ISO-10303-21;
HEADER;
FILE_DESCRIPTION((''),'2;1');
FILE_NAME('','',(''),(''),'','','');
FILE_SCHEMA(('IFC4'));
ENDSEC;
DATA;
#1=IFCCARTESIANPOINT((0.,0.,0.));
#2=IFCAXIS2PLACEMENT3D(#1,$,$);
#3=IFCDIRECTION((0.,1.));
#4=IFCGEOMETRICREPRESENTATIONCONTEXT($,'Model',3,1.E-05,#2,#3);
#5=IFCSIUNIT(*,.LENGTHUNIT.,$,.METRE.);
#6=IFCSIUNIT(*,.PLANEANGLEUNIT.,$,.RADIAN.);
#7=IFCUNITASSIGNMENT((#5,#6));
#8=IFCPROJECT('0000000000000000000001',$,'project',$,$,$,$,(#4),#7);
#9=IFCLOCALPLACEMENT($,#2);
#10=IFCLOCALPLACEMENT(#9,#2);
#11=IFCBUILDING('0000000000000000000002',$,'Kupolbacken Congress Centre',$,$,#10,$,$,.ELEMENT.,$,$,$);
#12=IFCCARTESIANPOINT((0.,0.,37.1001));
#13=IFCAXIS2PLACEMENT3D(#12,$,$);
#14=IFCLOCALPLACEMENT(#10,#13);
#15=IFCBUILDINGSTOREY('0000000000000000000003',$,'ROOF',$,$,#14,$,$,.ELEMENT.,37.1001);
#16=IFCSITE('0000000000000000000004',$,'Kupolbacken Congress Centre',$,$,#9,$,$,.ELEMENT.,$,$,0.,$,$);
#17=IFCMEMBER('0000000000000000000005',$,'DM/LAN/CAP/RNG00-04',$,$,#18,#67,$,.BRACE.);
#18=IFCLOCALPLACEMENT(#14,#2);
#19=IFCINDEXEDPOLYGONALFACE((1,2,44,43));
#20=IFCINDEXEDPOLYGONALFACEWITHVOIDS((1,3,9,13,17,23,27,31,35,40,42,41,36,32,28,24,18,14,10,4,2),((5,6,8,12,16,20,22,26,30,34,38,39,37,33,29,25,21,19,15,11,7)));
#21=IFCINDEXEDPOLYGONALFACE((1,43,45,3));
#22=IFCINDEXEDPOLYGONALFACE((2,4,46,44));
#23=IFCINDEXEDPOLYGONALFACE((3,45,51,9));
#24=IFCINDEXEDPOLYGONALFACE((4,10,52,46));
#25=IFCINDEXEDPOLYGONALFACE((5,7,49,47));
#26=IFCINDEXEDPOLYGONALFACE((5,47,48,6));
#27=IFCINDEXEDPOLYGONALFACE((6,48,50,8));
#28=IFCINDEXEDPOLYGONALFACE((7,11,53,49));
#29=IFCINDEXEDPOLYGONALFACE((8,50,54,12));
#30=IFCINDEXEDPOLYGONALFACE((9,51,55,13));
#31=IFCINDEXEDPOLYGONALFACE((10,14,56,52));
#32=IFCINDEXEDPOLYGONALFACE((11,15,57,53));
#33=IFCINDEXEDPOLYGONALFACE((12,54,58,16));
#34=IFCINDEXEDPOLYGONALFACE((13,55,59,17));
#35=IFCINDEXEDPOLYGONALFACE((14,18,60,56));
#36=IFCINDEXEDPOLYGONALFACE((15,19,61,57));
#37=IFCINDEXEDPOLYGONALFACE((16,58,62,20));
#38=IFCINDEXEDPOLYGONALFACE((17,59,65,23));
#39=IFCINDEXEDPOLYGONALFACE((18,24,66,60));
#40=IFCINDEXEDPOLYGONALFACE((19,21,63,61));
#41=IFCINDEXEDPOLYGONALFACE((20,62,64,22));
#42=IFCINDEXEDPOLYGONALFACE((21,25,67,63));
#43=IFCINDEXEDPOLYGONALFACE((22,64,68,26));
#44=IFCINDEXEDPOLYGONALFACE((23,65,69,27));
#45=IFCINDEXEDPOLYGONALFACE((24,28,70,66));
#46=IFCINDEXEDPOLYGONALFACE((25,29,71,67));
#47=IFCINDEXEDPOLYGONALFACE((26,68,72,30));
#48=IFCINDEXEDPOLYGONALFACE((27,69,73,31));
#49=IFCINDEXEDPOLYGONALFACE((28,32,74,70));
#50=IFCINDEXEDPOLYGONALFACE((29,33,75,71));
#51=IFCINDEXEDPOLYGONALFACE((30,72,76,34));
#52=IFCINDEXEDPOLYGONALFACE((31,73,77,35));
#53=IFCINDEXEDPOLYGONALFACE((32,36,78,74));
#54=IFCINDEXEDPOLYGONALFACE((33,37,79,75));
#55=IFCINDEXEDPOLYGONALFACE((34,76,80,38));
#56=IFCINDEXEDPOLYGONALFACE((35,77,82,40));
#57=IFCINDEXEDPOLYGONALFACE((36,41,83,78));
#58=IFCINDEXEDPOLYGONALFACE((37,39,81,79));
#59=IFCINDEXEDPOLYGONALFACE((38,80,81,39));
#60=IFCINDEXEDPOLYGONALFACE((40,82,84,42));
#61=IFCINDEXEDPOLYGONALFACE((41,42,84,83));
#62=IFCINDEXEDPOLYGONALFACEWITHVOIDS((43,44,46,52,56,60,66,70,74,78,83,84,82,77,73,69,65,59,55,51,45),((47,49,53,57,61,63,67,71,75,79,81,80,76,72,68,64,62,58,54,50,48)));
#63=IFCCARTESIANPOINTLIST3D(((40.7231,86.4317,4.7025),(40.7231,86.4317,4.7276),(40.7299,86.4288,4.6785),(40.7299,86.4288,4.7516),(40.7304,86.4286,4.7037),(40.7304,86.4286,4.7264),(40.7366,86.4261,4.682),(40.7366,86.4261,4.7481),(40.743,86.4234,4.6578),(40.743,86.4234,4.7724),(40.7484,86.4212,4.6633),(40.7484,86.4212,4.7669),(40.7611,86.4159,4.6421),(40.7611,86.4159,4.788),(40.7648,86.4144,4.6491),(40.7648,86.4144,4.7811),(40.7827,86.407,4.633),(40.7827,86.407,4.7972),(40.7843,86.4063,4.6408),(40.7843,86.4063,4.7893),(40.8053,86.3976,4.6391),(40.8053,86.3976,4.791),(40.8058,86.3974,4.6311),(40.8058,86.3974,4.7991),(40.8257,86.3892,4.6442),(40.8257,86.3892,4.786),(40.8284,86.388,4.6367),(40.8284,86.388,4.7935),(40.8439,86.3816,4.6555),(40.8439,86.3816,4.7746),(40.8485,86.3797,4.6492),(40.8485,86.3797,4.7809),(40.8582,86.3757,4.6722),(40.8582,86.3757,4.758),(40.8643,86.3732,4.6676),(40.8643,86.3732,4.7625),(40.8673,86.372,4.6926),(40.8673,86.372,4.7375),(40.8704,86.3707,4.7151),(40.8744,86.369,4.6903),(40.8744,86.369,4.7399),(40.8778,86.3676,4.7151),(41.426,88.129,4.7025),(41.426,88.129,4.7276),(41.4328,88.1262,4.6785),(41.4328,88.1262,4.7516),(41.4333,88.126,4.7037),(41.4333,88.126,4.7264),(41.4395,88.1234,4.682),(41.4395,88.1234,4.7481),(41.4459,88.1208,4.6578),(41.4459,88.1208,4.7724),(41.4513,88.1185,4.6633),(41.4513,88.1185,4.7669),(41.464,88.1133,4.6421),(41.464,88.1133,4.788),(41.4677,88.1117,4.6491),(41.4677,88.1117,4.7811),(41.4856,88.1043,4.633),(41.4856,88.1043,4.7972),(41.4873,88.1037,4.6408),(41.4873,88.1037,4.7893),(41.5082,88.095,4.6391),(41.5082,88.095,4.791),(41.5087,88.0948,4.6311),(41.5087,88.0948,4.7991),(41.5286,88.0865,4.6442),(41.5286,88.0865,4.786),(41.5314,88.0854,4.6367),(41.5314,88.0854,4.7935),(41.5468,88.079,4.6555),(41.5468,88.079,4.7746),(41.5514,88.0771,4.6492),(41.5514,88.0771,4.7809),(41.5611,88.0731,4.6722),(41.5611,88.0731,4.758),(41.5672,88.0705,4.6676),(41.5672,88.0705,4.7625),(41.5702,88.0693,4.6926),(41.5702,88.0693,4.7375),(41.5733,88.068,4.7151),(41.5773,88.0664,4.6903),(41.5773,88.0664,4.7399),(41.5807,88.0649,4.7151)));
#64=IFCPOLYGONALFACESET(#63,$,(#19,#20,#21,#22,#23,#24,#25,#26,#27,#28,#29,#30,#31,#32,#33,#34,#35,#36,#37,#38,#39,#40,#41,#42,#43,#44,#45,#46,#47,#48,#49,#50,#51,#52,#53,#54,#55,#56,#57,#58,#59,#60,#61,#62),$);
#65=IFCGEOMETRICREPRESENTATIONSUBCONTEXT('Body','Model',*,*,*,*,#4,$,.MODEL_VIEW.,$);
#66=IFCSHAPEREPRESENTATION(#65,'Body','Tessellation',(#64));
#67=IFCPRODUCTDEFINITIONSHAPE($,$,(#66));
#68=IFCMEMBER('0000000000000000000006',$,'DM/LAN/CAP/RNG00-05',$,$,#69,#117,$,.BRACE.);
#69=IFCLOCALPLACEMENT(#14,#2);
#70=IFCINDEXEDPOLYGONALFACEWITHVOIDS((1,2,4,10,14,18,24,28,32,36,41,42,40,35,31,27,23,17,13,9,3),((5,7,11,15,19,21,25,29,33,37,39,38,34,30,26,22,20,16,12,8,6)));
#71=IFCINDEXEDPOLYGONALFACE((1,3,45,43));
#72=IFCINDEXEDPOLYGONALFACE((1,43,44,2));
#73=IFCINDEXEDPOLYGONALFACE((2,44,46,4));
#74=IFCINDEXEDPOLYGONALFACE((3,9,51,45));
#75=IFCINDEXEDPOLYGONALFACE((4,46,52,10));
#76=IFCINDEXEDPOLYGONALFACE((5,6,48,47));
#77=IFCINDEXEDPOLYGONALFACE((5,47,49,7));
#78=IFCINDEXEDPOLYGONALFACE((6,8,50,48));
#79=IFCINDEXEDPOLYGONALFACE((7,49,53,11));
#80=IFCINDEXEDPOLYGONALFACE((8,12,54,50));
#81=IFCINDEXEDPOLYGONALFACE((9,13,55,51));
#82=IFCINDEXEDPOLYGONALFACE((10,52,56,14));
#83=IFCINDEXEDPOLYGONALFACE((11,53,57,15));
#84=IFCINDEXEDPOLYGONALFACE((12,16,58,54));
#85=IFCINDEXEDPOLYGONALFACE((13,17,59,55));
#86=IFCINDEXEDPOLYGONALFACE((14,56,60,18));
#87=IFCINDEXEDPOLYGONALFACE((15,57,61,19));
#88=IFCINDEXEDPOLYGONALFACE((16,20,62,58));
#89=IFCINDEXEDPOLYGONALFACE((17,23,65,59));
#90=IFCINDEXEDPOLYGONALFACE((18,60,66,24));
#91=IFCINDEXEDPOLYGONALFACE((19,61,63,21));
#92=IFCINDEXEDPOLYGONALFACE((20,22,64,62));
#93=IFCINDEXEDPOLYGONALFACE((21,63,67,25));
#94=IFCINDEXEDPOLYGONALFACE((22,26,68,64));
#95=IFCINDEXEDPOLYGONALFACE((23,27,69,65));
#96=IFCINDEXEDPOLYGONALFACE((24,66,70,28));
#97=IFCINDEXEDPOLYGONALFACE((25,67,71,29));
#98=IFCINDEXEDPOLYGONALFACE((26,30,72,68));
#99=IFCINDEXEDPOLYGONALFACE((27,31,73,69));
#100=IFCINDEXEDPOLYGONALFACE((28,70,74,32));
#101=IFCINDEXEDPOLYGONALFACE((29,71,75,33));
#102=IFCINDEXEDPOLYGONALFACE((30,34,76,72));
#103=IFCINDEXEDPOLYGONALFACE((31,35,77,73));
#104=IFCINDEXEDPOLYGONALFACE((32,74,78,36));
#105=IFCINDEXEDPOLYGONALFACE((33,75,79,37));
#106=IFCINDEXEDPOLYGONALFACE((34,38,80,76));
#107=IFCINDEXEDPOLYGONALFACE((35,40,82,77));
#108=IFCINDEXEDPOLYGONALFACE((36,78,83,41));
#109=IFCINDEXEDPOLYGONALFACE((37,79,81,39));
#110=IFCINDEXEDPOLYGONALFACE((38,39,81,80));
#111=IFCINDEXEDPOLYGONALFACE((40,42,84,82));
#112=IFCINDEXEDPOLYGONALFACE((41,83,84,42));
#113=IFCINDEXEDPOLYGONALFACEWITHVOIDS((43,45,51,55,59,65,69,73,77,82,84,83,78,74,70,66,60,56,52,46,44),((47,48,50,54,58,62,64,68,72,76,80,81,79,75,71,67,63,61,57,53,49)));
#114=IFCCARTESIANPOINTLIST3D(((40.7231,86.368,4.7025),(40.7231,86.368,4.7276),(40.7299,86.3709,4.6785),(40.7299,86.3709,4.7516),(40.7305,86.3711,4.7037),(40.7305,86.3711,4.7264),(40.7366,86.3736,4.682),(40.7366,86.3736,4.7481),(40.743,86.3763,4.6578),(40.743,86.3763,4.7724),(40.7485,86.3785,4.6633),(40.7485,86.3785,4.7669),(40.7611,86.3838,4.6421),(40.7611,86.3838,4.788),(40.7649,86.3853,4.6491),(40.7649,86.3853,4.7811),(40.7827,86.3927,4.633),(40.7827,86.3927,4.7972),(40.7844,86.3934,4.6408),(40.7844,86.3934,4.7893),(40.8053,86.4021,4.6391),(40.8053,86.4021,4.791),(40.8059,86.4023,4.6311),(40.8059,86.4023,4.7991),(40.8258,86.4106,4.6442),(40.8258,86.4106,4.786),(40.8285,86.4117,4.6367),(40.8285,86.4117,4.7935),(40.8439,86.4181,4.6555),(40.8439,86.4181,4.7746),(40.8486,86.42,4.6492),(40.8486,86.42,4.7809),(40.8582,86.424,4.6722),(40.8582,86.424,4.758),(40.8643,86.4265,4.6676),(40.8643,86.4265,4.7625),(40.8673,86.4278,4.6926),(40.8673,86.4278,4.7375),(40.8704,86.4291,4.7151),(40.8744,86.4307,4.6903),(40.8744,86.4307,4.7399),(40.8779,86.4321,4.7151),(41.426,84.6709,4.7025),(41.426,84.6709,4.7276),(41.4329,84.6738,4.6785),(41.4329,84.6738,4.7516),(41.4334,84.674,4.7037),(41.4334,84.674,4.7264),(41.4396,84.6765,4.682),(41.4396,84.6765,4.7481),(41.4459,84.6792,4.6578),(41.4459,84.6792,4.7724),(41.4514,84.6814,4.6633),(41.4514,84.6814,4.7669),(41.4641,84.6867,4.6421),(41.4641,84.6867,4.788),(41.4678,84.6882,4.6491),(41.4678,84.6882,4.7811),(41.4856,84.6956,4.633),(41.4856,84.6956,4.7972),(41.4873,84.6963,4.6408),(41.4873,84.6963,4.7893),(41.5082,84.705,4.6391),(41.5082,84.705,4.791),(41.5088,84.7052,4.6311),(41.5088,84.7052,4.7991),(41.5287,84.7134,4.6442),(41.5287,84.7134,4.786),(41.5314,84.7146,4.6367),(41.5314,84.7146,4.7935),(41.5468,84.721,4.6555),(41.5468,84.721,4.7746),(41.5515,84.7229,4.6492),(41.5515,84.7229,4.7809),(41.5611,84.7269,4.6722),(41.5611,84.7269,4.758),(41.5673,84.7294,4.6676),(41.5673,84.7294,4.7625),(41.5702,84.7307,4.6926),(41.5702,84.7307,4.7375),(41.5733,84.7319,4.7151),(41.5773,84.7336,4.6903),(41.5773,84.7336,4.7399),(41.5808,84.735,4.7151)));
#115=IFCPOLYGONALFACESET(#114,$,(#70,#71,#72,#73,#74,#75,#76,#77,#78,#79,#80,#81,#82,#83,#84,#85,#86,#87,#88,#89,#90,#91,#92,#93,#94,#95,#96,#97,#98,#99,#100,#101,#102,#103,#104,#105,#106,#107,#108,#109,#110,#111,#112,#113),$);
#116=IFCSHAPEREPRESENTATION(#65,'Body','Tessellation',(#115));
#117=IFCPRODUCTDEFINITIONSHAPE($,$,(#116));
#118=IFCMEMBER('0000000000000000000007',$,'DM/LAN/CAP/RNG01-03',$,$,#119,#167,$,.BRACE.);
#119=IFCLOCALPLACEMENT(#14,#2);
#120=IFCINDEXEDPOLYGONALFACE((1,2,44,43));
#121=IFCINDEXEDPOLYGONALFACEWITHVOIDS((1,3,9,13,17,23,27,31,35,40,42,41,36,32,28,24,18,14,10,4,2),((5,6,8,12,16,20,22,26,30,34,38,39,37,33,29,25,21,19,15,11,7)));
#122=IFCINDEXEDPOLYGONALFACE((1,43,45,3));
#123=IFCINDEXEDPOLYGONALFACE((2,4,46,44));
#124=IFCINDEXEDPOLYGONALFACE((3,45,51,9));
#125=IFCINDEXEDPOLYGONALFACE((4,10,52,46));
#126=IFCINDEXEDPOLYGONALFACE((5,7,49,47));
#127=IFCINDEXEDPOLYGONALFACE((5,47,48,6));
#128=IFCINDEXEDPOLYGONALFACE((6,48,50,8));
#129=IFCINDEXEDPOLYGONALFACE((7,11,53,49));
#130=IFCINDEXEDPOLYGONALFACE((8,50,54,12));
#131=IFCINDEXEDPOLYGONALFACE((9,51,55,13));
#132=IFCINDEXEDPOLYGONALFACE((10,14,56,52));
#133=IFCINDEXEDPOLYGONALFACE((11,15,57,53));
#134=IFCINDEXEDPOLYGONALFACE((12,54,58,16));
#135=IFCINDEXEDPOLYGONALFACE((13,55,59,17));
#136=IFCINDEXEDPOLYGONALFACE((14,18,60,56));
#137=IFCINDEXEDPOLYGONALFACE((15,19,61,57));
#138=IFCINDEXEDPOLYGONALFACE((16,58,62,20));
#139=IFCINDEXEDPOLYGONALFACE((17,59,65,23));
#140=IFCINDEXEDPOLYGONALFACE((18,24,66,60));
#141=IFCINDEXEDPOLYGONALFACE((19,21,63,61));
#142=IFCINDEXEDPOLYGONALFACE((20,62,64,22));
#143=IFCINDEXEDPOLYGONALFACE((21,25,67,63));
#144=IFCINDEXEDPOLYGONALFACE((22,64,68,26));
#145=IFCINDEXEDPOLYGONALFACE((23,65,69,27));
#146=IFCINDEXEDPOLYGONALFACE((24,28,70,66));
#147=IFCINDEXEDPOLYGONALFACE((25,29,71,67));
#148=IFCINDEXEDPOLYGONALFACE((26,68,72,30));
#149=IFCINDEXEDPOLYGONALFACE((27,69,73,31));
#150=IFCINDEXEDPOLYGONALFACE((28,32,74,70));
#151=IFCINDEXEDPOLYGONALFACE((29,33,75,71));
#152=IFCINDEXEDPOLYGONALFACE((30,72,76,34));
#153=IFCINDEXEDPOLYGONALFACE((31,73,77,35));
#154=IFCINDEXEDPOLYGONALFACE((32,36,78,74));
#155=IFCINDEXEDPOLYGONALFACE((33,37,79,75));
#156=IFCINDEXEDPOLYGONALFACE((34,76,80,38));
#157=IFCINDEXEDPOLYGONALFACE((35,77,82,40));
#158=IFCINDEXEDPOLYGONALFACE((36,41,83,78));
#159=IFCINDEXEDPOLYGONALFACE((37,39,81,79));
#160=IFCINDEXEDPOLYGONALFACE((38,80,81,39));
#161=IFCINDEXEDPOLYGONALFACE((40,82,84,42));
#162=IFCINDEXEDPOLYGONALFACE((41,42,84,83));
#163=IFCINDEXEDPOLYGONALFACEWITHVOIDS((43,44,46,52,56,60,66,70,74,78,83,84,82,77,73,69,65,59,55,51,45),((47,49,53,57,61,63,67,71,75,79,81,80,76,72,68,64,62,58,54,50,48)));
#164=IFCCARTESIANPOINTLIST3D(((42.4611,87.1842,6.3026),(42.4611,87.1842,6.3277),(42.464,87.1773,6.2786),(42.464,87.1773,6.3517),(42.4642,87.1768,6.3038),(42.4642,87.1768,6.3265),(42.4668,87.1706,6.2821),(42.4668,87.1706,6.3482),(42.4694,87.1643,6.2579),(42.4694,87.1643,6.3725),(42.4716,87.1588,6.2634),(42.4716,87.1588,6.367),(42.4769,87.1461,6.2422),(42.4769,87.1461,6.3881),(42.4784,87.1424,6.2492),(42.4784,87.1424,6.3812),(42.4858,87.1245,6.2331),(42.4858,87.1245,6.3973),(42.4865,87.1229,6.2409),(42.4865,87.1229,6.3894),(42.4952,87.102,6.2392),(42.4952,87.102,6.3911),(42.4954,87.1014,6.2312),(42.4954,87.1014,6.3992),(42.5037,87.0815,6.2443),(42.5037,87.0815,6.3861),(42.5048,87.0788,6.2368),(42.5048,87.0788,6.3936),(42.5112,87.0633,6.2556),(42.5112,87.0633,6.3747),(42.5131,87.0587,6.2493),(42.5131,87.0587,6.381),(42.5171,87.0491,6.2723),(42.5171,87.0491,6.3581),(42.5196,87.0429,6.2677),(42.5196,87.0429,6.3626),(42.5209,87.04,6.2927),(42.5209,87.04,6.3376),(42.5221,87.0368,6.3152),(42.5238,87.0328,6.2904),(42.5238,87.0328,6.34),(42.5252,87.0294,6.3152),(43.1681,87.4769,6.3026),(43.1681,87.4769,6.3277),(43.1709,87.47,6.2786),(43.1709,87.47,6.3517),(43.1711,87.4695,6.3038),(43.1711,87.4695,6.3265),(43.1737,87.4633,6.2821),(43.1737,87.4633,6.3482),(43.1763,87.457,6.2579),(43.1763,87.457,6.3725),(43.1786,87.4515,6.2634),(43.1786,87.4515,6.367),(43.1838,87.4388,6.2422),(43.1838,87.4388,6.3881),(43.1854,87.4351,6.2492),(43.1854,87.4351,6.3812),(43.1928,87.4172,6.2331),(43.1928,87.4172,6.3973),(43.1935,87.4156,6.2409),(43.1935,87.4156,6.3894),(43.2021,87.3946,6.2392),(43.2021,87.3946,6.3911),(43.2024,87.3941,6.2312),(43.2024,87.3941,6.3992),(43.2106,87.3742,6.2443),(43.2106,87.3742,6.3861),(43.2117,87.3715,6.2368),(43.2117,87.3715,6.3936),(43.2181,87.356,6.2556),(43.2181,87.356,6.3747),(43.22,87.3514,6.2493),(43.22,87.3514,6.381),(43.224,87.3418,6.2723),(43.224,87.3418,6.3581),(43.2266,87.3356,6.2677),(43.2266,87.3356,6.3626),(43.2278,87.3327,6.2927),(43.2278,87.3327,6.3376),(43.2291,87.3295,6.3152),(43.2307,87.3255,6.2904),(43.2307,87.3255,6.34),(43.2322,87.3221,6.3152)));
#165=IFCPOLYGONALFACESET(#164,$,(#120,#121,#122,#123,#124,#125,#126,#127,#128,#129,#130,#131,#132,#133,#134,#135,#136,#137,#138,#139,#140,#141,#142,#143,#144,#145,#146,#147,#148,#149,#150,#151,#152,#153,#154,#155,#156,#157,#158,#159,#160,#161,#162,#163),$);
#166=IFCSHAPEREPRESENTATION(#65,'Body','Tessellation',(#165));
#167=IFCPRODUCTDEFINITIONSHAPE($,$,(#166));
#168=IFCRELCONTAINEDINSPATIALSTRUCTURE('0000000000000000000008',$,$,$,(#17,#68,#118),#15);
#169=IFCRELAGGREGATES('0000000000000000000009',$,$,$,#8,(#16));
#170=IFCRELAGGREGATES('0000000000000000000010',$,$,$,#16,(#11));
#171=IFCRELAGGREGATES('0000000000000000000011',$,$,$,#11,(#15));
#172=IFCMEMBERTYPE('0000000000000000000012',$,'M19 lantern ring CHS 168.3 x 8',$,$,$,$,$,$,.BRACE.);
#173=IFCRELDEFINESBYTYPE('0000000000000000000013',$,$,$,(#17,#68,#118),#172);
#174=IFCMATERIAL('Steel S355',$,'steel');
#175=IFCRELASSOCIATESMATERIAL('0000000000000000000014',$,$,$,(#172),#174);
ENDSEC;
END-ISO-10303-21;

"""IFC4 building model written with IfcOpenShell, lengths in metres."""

from ifc_helpers import new_model, si_unit, direction, frame, origin, origin_2d, place, context, subcontext, project, spatial, hollow_circle, extrude, material, material_profile, profile_set, type_object, element, save


model = new_model("IFC4")

# Units and contexts
model_context = context("Model", 3, precision=1e-05, world=origin(), true_north=direction((0.0, 1.0)))
body_context = subcontext(model_context, "Body", "Model", "MODEL_VIEW")
ifc_project = project(units=[si_unit("LENGTHUNIT", "METRE"), si_unit("PLANEANGLEUNIT", "RADIAN")], contexts=[model_context])

# Site, building, storey
site_placement = place(None, origin())
site = spatial("IfcSite", under=ifc_project, at=site_placement, Name="Kupolbacken Congress Centre", CompositionType="ELEMENT", RefElevation=0.0)
building_placement = place(site_placement, origin())
building = spatial("IfcBuilding", under=site, at=building_placement, Name="Kupolbacken Congress Centre", CompositionType="ELEMENT")
storey_placement = place(building_placement, frame((0.0, 0.0, 37.1001)))
storey = spatial("IfcBuildingStorey", under=building, at=storey_placement, Name="ROOF", CompositionType="ELEMENT", Elevation=37.1001)

# Members
ifc_material_1 = material(Name="Steel S355", Category="steel")
ifc_material_profile_1 = material_profile(ifc_material_1, hollow_circle(Radius=0.0842, WallThickness=0.0081, at=origin_2d()), Name="CHS 168.3 x 8")
ifc_profile_set_1 = profile_set([ifc_material_profile_1], Name="Steel S355")
member_type_1 = type_object("IfcMemberType", Name="M19 lantern ring CHS 168.3 x 8", PredefinedType="BRACE", material=ifc_profile_set_1)
member_1_placement = place(storey_placement, frame((41.5029, 88.0972, 4.7151), z_axis=(-0.382614, -0.923908, 0.0), x_axis=(0.923908, -0.382614, 0.0)))
element("IfcMember", 1, at=member_1_placement, inside=storey, type_object=member_type_1, Name="DM/LAN/CAP/RNG00-04", PredefinedType="BRACE", context=body_context, shape_type="SweptSolid", body=[
    extrude(hollow_circle(Radius=0.0842, WallThickness=0.0081, at=origin_2d()), origin(), (0.0, 0.0, 1.0), 1.8372),
])
member_2_placement = place(storey_placement, frame((40.8, 86.3999, 4.7151), z_axis=(0.382661, -0.923889, 0.0), x_axis=(0.923889, 0.382661, 0.0)))
element("IfcMember", 2, at=member_2_placement, inside=storey, type_object=member_type_1, Name="DM/LAN/CAP/RNG00-05", PredefinedType="BRACE", context=body_context, shape_type="SweptSolid", body=[
    extrude(hollow_circle(Radius=0.0842, WallThickness=0.0081, at=origin_2d()), origin(), (0.0, 0.0, 1.0), 1.8369),
])
member_3_placement = place(storey_placement, frame((43.2, 87.3999, 6.3152), z_axis=(-0.923943, -0.38253, 0.0), x_axis=(0.38253, -0.923943, 0.0)))
element("IfcMember", 3, at=member_3_placement, inside=storey, type_object=member_type_1, Name="DM/LAN/CAP/RNG01-03", PredefinedType="BRACE", context=body_context, shape_type="SweptSolid", body=[
    extrude(hollow_circle(Radius=0.0842, WallThickness=0.0081, at=origin_2d()), origin(), (0.0, 0.0, 1.0), 0.7651),
])

save(model, "model.ifc")
